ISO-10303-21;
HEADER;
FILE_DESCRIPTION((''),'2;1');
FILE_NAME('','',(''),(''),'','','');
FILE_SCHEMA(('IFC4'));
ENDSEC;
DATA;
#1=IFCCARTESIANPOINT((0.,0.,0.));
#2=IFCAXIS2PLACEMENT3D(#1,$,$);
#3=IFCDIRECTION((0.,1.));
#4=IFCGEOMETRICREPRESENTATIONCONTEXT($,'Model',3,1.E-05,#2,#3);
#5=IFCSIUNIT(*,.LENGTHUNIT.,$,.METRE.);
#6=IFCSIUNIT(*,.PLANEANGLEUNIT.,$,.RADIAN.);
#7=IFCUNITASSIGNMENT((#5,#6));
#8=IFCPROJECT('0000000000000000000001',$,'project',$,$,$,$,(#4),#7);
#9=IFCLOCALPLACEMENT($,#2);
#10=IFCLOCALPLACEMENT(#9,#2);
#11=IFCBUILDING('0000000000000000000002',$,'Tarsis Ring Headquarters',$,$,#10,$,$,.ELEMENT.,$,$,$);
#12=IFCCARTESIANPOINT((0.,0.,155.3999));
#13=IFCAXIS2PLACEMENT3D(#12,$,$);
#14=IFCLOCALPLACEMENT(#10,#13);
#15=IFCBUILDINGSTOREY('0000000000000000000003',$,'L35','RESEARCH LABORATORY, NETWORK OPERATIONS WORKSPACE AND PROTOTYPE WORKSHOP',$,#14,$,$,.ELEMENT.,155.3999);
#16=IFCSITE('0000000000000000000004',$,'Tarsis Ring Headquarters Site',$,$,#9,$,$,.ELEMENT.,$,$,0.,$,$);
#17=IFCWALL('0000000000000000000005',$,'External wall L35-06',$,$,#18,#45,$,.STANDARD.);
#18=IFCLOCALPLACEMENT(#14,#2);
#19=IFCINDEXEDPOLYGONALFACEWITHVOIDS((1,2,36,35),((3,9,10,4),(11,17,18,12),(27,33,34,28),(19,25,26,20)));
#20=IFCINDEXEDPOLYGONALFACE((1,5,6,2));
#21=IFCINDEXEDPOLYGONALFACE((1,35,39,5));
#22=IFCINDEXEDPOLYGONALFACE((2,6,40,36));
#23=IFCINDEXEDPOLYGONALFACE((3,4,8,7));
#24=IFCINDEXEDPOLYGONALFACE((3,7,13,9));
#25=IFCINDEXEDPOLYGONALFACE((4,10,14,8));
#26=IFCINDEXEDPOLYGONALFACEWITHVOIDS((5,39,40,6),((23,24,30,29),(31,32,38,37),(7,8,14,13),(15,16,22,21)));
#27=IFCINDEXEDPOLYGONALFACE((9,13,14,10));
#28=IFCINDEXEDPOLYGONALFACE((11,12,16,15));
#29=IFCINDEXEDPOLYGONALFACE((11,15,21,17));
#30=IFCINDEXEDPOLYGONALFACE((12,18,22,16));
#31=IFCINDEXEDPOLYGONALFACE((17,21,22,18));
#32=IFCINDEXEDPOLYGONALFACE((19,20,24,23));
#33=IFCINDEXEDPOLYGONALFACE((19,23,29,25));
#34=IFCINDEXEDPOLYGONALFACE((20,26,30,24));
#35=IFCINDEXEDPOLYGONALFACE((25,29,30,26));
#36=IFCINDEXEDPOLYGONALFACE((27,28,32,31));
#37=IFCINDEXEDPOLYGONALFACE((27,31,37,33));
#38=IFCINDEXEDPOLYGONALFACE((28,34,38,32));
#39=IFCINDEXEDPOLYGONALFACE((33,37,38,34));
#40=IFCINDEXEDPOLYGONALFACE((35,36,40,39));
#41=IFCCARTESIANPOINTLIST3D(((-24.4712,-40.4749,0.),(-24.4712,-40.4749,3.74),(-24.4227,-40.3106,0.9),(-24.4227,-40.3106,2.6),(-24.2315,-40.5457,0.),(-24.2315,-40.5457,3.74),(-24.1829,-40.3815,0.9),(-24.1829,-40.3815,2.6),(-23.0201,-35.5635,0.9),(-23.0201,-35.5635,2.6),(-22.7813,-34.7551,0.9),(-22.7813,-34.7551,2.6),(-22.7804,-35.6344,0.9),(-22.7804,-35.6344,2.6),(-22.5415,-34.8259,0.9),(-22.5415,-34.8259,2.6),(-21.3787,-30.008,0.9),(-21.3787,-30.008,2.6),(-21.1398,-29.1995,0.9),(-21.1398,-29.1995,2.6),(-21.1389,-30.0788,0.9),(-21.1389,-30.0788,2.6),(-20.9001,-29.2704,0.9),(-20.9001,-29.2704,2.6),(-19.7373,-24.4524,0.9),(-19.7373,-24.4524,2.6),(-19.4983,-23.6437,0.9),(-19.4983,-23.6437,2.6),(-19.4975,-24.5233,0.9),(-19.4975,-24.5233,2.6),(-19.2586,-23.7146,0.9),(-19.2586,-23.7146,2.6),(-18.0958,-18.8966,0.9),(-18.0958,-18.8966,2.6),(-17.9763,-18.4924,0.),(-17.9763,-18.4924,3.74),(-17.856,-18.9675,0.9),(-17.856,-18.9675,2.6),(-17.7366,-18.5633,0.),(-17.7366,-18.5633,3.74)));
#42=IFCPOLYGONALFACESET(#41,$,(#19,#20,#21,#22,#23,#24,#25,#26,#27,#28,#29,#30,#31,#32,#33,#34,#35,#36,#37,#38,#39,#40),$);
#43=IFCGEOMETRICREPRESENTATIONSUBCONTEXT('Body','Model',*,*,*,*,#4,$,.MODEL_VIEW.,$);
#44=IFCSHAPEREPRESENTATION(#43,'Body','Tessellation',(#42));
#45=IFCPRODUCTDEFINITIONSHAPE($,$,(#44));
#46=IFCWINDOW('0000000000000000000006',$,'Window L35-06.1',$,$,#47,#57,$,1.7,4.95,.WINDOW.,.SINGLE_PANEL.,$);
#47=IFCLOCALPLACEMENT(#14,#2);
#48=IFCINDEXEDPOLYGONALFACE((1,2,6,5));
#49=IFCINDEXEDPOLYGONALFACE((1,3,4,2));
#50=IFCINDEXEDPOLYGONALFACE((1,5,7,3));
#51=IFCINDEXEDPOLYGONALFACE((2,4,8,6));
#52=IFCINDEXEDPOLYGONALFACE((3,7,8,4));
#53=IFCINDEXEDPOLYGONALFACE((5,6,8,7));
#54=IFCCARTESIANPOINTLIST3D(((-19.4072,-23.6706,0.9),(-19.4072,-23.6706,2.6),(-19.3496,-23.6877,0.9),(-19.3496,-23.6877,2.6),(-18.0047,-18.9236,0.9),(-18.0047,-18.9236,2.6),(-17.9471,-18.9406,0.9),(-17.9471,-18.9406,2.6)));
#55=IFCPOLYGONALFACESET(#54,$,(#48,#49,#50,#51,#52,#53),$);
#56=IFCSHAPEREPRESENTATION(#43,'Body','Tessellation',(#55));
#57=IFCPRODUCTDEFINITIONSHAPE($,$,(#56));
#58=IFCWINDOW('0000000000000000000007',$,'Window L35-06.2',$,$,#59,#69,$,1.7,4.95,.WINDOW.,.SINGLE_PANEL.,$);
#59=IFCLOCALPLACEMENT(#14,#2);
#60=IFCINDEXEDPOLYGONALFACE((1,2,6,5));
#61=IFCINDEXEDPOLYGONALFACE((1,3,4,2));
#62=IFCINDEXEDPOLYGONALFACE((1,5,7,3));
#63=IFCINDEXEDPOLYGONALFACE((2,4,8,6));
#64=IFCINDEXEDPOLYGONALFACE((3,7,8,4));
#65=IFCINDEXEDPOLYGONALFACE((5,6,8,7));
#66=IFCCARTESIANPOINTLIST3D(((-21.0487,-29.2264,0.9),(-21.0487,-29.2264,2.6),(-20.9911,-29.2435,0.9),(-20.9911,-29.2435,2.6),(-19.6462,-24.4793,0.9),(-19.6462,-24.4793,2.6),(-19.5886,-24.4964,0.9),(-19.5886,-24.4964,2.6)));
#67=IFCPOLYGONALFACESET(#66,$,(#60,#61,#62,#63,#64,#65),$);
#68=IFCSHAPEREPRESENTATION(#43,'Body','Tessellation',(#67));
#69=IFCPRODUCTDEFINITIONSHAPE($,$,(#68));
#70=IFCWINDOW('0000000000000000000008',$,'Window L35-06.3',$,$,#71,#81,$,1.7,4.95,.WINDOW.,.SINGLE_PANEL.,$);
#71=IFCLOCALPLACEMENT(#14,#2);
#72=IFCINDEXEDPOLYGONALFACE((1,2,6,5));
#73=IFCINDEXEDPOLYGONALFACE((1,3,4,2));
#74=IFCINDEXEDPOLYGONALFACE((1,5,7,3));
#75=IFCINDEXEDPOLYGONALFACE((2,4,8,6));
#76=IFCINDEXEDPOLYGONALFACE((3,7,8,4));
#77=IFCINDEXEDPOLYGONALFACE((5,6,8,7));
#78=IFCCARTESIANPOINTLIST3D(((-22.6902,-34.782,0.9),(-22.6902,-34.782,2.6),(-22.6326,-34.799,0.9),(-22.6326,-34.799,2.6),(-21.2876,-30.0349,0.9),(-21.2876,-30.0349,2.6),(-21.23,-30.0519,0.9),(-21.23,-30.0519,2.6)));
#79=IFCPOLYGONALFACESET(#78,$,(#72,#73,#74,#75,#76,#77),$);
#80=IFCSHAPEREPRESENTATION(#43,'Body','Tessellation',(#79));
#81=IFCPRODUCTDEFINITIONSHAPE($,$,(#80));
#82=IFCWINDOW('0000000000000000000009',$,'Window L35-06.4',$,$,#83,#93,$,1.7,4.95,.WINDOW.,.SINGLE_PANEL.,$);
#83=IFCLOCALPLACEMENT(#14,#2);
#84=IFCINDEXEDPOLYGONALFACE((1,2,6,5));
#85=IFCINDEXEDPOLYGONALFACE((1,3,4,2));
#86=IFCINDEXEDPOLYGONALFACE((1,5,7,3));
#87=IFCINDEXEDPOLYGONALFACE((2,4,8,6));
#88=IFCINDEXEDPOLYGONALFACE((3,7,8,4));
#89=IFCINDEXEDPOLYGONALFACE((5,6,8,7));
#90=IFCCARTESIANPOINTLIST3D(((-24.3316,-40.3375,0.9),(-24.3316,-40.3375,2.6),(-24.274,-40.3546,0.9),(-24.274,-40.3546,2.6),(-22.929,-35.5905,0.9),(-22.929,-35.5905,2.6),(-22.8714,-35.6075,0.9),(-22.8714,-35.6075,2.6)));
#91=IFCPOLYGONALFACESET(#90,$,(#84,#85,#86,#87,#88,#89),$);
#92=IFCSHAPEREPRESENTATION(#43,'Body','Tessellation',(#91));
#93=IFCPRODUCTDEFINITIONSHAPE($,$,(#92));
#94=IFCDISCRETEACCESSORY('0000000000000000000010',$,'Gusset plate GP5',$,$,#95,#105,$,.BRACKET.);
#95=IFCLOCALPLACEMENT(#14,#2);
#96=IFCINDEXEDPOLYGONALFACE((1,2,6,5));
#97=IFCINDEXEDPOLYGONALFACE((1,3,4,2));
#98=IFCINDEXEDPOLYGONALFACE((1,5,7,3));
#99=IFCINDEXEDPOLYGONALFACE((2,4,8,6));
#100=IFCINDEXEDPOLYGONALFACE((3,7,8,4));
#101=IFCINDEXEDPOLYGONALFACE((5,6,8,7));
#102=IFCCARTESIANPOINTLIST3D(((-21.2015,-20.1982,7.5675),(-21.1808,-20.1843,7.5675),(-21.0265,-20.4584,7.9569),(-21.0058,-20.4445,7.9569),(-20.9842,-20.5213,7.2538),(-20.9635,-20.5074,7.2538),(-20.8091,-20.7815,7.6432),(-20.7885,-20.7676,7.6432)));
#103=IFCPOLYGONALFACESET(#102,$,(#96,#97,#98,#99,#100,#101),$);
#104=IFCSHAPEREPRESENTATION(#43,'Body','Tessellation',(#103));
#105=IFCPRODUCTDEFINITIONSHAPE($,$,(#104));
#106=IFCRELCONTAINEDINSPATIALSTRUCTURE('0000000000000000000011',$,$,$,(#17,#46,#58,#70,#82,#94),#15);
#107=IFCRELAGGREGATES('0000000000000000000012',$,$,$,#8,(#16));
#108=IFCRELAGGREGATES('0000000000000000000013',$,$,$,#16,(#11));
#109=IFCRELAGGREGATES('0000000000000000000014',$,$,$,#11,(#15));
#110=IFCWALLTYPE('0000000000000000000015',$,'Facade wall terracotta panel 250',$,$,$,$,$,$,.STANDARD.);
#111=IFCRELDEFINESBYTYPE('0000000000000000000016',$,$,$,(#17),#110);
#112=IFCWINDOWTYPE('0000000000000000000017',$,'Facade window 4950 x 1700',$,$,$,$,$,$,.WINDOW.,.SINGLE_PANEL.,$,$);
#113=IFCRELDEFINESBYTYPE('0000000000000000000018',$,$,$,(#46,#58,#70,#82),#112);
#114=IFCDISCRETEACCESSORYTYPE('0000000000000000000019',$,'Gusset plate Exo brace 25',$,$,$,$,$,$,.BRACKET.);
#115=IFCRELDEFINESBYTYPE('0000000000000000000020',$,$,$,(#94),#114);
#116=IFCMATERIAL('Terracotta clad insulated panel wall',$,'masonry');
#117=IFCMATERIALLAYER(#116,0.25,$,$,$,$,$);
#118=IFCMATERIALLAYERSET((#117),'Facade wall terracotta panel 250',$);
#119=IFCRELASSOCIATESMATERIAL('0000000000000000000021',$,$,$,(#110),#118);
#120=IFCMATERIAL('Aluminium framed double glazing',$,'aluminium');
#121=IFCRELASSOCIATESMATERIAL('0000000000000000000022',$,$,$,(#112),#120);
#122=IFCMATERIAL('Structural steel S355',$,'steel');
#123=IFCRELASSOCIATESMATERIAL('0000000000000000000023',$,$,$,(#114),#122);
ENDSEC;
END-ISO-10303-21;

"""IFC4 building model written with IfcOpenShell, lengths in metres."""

from ifc_helpers import new_model, si_unit, direction, frame, frame_2d, origin, origin_2d, place, context, subcontext, project, spatial, rectangle, extrude, material, layer, layer_set, material_profile, profile_set, type_object, element, fill, save


model = new_model("IFC4")

# Units and contexts
model_context = context("Model", 3, precision=1e-05, world=origin(), true_north=direction((0.0, 1.0)))
body_context = subcontext(model_context, "Body", "Model", "MODEL_VIEW")
ifc_project = project(units=[si_unit("LENGTHUNIT", "METRE"), si_unit("PLANEANGLEUNIT", "RADIAN")], contexts=[model_context])

# Site, building, storey
site_placement = place(None, origin())
site = spatial("IfcSite", under=ifc_project, at=site_placement, Name="Tarsis Ring Headquarters Site", CompositionType="ELEMENT", RefElevation=0.0)
building_placement = place(site_placement, origin())
building = spatial("IfcBuilding", under=site, at=building_placement, Name="Tarsis Ring Headquarters", CompositionType="ELEMENT")
storey_placement = place(building_placement, frame((0.0, 0.0, 155.3999)))
storey = spatial("IfcBuildingStorey", under=building, at=storey_placement, Name="L35", Description="RESEARCH LABORATORY, NETWORK OPERATIONS WORKSPACE AND PROTOTYPE WORKSHOP", CompositionType="ELEMENT", Elevation=155.3999)

# Shared definitions
ifc_material_1 = material(Name="Structural steel S355", Category="steel")

# Wall, openings, windows
ifc_material_2 = material(Name="Terracotta clad insulated panel wall", Category="masonry")
ifc_layer_1 = layer(ifc_material_2, 0.25)
ifc_layer_set_1 = layer_set([ifc_layer_1], Name="Facade wall terracotta panel 250")
wall_type_1 = type_object("IfcWallType", Name="Facade wall terracotta panel 250", PredefinedType="STANDARD", material=ifc_layer_set_1)
wall_1_placement = place(storey_placement, frame((-17.8564, -18.5278, 0.0), z_axis=(0.0, 0.0, 1.0), x_axis=(-0.283349, -0.959017, 0.0)))
wall_1 = element("IfcWall", 1, at=wall_1_placement, inside=storey, type_object=wall_type_1, Name="External wall L35-06", PredefinedType="STANDARD", context=body_context, shape_type="SweptSolid", body=[
    extrude(rectangle(XDim=22.9219, YDim=0.25, at=frame_2d((11.4609, 0.0))), origin(), (0.0, 0.0, 1.0), 3.74),
])
opening_1_placement = place(wall_1_placement, frame((0.4214, 0.0, 0.8999)))
opening_1 = element("IfcOpeningElement", 2, at=opening_1_placement, cuts=wall_1, PredefinedType="OPENING", context=body_context, shape_type="SweptSolid", body=[
    extrude(rectangle(XDim=4.95, YDim=1.7, at=frame_2d((2.4751, 0.8501))), frame((0.0, 0.135, 0.0), z_axis=(0.0, -1.0, 0.0), x_axis=(1.0, 0.0, 0.0)), (0.0, 0.0, 1.0), 0.27),
])
opening_2_placement = place(wall_1_placement, frame((6.2146, 0.0, 0.8999)))
opening_2 = element("IfcOpeningElement", 3, at=opening_2_placement, cuts=wall_1, PredefinedType="OPENING", context=body_context, shape_type="SweptSolid", body=[
    extrude(rectangle(XDim=4.95, YDim=1.7, at=frame_2d((2.4751, 0.8501))), frame((0.0, 0.135, 0.0), z_axis=(0.0, -1.0, 0.0), x_axis=(1.0, 0.0, 0.0)), (0.0, 0.0, 1.0), 0.27),
])
opening_3_placement = place(wall_1_placement, frame((12.0076, 0.0, 0.8999)))
opening_3 = element("IfcOpeningElement", 4, at=opening_3_placement, cuts=wall_1, PredefinedType="OPENING", context=body_context, shape_type="SweptSolid", body=[
    extrude(rectangle(XDim=4.95, YDim=1.7, at=frame_2d((2.4751, 0.8501))), frame((0.0, 0.135, 0.0), z_axis=(0.0, -1.0, 0.0), x_axis=(1.0, 0.0, 0.0)), (0.0, 0.0, 1.0), 0.27),
])
opening_4_placement = place(wall_1_placement, frame((17.8005, 0.0, 0.8999)))
opening_4 = element("IfcOpeningElement", 5, at=opening_4_placement, cuts=wall_1, PredefinedType="OPENING", context=body_context, shape_type="SweptSolid", body=[
    extrude(rectangle(XDim=4.95, YDim=1.7, at=frame_2d((2.4751, 0.8501))), frame((0.0, 0.135, 0.0), z_axis=(0.0, -1.0, 0.0), x_axis=(1.0, 0.0, 0.0)), (0.0, 0.0, 1.0), 0.27),
])
ifc_material_3 = material(Name="Aluminium framed double glazing", Category="aluminium")
window_type = type_object("IfcWindowType", Name="Facade window 4950 x 1700", PartitioningType="SINGLE_PANEL", PredefinedType="WINDOW", material=ifc_material_3)
window_1_placement = place(opening_1_placement, origin())
window_1 = element("IfcWindow", 6, at=window_1_placement, inside=storey, type_object=window_type, Name="Window L35-06.1", OverallHeight=1.7, OverallWidth=4.95, PartitioningType="SINGLE_PANEL", PredefinedType="WINDOW", context=body_context, shape_type="SweptSolid", body=[
    extrude(rectangle(XDim=4.95, YDim=1.7, at=frame_2d((2.4751, 0.8501))), frame((0.0, 0.03, 0.0), z_axis=(0.0, -1.0, 0.0), x_axis=(1.0, 0.0, 0.0)), (0.0, 0.0, 1.0), 0.0601),
])
fill(opening_1, window_1)
window_2_placement = place(opening_2_placement, origin())
window_2 = element("IfcWindow", 7, at=window_2_placement, inside=storey, type_object=window_type, Name="Window L35-06.2", OverallHeight=1.7, OverallWidth=4.95, PartitioningType="SINGLE_PANEL", PredefinedType="WINDOW", context=body_context, shape_type="SweptSolid", body=[
    extrude(rectangle(XDim=4.95, YDim=1.7, at=frame_2d((2.4751, 0.8501))), frame((0.0, 0.03, 0.0), z_axis=(0.0, -1.0, 0.0), x_axis=(1.0, 0.0, 0.0)), (0.0, 0.0, 1.0), 0.0601),
])
fill(opening_2, window_2)
window_3_placement = place(opening_3_placement, origin())
window_3 = element("IfcWindow", 8, at=window_3_placement, inside=storey, type_object=window_type, Name="Window L35-06.3", OverallHeight=1.7, OverallWidth=4.95, PartitioningType="SINGLE_PANEL", PredefinedType="WINDOW", context=body_context, shape_type="SweptSolid", body=[
    extrude(rectangle(XDim=4.95, YDim=1.7, at=frame_2d((2.4751, 0.8501))), frame((0.0, 0.03, 0.0), z_axis=(0.0, -1.0, 0.0), x_axis=(1.0, 0.0, 0.0)), (0.0, 0.0, 1.0), 0.0601),
])
fill(opening_3, window_3)
window_4_placement = place(opening_4_placement, origin())
window_4 = element("IfcWindow", 9, at=window_4_placement, inside=storey, type_object=window_type, Name="Window L35-06.4", OverallHeight=1.7, OverallWidth=4.95, PartitioningType="SINGLE_PANEL", PredefinedType="WINDOW", context=body_context, shape_type="SweptSolid", body=[
    extrude(rectangle(XDim=4.95, YDim=1.7, at=frame_2d((2.4751, 0.8501))), frame((0.0, 0.03, 0.0), z_axis=(0.0, -1.0, 0.0), x_axis=(1.0, 0.0, 0.0)), (0.0, 0.0, 1.0), 0.0601),
])
fill(opening_4, window_4)

# Discrete accessory
ifc_material_profile_1 = material_profile(ifc_material_1, rectangle(XDim=0.0249, YDim=0.5, at=origin_2d()), Name="PL 25x500")
ifc_profile_set_1 = profile_set([ifc_material_profile_1], Name="Structural steel S355")
discrete_accessory_type = type_object("IfcDiscreteAccessoryType", Name="Gusset plate Exo brace 25", PredefinedType="BRACKET", material=ifc_profile_set_1)
discrete_accessory_placement = place(storey_placement, frame((-20.9075, -20.613, 7.8), z_axis=(-0.350091, 0.520498, -0.778793), x_axis=(-0.829768, -0.558108, 0.0)))
element("IfcDiscreteAccessory", 10, at=discrete_accessory_placement, inside=storey, type_object=discrete_accessory_type, Name="Gusset plate GP5", PredefinedType="BRACKET", context=body_context, shape_type="SweptSolid", body=[
    extrude(rectangle(XDim=0.0249, YDim=0.5, at=origin_2d()), origin(), (0.0, 0.0, 1.0), 0.5),
])

save(model, "model.ifc")
